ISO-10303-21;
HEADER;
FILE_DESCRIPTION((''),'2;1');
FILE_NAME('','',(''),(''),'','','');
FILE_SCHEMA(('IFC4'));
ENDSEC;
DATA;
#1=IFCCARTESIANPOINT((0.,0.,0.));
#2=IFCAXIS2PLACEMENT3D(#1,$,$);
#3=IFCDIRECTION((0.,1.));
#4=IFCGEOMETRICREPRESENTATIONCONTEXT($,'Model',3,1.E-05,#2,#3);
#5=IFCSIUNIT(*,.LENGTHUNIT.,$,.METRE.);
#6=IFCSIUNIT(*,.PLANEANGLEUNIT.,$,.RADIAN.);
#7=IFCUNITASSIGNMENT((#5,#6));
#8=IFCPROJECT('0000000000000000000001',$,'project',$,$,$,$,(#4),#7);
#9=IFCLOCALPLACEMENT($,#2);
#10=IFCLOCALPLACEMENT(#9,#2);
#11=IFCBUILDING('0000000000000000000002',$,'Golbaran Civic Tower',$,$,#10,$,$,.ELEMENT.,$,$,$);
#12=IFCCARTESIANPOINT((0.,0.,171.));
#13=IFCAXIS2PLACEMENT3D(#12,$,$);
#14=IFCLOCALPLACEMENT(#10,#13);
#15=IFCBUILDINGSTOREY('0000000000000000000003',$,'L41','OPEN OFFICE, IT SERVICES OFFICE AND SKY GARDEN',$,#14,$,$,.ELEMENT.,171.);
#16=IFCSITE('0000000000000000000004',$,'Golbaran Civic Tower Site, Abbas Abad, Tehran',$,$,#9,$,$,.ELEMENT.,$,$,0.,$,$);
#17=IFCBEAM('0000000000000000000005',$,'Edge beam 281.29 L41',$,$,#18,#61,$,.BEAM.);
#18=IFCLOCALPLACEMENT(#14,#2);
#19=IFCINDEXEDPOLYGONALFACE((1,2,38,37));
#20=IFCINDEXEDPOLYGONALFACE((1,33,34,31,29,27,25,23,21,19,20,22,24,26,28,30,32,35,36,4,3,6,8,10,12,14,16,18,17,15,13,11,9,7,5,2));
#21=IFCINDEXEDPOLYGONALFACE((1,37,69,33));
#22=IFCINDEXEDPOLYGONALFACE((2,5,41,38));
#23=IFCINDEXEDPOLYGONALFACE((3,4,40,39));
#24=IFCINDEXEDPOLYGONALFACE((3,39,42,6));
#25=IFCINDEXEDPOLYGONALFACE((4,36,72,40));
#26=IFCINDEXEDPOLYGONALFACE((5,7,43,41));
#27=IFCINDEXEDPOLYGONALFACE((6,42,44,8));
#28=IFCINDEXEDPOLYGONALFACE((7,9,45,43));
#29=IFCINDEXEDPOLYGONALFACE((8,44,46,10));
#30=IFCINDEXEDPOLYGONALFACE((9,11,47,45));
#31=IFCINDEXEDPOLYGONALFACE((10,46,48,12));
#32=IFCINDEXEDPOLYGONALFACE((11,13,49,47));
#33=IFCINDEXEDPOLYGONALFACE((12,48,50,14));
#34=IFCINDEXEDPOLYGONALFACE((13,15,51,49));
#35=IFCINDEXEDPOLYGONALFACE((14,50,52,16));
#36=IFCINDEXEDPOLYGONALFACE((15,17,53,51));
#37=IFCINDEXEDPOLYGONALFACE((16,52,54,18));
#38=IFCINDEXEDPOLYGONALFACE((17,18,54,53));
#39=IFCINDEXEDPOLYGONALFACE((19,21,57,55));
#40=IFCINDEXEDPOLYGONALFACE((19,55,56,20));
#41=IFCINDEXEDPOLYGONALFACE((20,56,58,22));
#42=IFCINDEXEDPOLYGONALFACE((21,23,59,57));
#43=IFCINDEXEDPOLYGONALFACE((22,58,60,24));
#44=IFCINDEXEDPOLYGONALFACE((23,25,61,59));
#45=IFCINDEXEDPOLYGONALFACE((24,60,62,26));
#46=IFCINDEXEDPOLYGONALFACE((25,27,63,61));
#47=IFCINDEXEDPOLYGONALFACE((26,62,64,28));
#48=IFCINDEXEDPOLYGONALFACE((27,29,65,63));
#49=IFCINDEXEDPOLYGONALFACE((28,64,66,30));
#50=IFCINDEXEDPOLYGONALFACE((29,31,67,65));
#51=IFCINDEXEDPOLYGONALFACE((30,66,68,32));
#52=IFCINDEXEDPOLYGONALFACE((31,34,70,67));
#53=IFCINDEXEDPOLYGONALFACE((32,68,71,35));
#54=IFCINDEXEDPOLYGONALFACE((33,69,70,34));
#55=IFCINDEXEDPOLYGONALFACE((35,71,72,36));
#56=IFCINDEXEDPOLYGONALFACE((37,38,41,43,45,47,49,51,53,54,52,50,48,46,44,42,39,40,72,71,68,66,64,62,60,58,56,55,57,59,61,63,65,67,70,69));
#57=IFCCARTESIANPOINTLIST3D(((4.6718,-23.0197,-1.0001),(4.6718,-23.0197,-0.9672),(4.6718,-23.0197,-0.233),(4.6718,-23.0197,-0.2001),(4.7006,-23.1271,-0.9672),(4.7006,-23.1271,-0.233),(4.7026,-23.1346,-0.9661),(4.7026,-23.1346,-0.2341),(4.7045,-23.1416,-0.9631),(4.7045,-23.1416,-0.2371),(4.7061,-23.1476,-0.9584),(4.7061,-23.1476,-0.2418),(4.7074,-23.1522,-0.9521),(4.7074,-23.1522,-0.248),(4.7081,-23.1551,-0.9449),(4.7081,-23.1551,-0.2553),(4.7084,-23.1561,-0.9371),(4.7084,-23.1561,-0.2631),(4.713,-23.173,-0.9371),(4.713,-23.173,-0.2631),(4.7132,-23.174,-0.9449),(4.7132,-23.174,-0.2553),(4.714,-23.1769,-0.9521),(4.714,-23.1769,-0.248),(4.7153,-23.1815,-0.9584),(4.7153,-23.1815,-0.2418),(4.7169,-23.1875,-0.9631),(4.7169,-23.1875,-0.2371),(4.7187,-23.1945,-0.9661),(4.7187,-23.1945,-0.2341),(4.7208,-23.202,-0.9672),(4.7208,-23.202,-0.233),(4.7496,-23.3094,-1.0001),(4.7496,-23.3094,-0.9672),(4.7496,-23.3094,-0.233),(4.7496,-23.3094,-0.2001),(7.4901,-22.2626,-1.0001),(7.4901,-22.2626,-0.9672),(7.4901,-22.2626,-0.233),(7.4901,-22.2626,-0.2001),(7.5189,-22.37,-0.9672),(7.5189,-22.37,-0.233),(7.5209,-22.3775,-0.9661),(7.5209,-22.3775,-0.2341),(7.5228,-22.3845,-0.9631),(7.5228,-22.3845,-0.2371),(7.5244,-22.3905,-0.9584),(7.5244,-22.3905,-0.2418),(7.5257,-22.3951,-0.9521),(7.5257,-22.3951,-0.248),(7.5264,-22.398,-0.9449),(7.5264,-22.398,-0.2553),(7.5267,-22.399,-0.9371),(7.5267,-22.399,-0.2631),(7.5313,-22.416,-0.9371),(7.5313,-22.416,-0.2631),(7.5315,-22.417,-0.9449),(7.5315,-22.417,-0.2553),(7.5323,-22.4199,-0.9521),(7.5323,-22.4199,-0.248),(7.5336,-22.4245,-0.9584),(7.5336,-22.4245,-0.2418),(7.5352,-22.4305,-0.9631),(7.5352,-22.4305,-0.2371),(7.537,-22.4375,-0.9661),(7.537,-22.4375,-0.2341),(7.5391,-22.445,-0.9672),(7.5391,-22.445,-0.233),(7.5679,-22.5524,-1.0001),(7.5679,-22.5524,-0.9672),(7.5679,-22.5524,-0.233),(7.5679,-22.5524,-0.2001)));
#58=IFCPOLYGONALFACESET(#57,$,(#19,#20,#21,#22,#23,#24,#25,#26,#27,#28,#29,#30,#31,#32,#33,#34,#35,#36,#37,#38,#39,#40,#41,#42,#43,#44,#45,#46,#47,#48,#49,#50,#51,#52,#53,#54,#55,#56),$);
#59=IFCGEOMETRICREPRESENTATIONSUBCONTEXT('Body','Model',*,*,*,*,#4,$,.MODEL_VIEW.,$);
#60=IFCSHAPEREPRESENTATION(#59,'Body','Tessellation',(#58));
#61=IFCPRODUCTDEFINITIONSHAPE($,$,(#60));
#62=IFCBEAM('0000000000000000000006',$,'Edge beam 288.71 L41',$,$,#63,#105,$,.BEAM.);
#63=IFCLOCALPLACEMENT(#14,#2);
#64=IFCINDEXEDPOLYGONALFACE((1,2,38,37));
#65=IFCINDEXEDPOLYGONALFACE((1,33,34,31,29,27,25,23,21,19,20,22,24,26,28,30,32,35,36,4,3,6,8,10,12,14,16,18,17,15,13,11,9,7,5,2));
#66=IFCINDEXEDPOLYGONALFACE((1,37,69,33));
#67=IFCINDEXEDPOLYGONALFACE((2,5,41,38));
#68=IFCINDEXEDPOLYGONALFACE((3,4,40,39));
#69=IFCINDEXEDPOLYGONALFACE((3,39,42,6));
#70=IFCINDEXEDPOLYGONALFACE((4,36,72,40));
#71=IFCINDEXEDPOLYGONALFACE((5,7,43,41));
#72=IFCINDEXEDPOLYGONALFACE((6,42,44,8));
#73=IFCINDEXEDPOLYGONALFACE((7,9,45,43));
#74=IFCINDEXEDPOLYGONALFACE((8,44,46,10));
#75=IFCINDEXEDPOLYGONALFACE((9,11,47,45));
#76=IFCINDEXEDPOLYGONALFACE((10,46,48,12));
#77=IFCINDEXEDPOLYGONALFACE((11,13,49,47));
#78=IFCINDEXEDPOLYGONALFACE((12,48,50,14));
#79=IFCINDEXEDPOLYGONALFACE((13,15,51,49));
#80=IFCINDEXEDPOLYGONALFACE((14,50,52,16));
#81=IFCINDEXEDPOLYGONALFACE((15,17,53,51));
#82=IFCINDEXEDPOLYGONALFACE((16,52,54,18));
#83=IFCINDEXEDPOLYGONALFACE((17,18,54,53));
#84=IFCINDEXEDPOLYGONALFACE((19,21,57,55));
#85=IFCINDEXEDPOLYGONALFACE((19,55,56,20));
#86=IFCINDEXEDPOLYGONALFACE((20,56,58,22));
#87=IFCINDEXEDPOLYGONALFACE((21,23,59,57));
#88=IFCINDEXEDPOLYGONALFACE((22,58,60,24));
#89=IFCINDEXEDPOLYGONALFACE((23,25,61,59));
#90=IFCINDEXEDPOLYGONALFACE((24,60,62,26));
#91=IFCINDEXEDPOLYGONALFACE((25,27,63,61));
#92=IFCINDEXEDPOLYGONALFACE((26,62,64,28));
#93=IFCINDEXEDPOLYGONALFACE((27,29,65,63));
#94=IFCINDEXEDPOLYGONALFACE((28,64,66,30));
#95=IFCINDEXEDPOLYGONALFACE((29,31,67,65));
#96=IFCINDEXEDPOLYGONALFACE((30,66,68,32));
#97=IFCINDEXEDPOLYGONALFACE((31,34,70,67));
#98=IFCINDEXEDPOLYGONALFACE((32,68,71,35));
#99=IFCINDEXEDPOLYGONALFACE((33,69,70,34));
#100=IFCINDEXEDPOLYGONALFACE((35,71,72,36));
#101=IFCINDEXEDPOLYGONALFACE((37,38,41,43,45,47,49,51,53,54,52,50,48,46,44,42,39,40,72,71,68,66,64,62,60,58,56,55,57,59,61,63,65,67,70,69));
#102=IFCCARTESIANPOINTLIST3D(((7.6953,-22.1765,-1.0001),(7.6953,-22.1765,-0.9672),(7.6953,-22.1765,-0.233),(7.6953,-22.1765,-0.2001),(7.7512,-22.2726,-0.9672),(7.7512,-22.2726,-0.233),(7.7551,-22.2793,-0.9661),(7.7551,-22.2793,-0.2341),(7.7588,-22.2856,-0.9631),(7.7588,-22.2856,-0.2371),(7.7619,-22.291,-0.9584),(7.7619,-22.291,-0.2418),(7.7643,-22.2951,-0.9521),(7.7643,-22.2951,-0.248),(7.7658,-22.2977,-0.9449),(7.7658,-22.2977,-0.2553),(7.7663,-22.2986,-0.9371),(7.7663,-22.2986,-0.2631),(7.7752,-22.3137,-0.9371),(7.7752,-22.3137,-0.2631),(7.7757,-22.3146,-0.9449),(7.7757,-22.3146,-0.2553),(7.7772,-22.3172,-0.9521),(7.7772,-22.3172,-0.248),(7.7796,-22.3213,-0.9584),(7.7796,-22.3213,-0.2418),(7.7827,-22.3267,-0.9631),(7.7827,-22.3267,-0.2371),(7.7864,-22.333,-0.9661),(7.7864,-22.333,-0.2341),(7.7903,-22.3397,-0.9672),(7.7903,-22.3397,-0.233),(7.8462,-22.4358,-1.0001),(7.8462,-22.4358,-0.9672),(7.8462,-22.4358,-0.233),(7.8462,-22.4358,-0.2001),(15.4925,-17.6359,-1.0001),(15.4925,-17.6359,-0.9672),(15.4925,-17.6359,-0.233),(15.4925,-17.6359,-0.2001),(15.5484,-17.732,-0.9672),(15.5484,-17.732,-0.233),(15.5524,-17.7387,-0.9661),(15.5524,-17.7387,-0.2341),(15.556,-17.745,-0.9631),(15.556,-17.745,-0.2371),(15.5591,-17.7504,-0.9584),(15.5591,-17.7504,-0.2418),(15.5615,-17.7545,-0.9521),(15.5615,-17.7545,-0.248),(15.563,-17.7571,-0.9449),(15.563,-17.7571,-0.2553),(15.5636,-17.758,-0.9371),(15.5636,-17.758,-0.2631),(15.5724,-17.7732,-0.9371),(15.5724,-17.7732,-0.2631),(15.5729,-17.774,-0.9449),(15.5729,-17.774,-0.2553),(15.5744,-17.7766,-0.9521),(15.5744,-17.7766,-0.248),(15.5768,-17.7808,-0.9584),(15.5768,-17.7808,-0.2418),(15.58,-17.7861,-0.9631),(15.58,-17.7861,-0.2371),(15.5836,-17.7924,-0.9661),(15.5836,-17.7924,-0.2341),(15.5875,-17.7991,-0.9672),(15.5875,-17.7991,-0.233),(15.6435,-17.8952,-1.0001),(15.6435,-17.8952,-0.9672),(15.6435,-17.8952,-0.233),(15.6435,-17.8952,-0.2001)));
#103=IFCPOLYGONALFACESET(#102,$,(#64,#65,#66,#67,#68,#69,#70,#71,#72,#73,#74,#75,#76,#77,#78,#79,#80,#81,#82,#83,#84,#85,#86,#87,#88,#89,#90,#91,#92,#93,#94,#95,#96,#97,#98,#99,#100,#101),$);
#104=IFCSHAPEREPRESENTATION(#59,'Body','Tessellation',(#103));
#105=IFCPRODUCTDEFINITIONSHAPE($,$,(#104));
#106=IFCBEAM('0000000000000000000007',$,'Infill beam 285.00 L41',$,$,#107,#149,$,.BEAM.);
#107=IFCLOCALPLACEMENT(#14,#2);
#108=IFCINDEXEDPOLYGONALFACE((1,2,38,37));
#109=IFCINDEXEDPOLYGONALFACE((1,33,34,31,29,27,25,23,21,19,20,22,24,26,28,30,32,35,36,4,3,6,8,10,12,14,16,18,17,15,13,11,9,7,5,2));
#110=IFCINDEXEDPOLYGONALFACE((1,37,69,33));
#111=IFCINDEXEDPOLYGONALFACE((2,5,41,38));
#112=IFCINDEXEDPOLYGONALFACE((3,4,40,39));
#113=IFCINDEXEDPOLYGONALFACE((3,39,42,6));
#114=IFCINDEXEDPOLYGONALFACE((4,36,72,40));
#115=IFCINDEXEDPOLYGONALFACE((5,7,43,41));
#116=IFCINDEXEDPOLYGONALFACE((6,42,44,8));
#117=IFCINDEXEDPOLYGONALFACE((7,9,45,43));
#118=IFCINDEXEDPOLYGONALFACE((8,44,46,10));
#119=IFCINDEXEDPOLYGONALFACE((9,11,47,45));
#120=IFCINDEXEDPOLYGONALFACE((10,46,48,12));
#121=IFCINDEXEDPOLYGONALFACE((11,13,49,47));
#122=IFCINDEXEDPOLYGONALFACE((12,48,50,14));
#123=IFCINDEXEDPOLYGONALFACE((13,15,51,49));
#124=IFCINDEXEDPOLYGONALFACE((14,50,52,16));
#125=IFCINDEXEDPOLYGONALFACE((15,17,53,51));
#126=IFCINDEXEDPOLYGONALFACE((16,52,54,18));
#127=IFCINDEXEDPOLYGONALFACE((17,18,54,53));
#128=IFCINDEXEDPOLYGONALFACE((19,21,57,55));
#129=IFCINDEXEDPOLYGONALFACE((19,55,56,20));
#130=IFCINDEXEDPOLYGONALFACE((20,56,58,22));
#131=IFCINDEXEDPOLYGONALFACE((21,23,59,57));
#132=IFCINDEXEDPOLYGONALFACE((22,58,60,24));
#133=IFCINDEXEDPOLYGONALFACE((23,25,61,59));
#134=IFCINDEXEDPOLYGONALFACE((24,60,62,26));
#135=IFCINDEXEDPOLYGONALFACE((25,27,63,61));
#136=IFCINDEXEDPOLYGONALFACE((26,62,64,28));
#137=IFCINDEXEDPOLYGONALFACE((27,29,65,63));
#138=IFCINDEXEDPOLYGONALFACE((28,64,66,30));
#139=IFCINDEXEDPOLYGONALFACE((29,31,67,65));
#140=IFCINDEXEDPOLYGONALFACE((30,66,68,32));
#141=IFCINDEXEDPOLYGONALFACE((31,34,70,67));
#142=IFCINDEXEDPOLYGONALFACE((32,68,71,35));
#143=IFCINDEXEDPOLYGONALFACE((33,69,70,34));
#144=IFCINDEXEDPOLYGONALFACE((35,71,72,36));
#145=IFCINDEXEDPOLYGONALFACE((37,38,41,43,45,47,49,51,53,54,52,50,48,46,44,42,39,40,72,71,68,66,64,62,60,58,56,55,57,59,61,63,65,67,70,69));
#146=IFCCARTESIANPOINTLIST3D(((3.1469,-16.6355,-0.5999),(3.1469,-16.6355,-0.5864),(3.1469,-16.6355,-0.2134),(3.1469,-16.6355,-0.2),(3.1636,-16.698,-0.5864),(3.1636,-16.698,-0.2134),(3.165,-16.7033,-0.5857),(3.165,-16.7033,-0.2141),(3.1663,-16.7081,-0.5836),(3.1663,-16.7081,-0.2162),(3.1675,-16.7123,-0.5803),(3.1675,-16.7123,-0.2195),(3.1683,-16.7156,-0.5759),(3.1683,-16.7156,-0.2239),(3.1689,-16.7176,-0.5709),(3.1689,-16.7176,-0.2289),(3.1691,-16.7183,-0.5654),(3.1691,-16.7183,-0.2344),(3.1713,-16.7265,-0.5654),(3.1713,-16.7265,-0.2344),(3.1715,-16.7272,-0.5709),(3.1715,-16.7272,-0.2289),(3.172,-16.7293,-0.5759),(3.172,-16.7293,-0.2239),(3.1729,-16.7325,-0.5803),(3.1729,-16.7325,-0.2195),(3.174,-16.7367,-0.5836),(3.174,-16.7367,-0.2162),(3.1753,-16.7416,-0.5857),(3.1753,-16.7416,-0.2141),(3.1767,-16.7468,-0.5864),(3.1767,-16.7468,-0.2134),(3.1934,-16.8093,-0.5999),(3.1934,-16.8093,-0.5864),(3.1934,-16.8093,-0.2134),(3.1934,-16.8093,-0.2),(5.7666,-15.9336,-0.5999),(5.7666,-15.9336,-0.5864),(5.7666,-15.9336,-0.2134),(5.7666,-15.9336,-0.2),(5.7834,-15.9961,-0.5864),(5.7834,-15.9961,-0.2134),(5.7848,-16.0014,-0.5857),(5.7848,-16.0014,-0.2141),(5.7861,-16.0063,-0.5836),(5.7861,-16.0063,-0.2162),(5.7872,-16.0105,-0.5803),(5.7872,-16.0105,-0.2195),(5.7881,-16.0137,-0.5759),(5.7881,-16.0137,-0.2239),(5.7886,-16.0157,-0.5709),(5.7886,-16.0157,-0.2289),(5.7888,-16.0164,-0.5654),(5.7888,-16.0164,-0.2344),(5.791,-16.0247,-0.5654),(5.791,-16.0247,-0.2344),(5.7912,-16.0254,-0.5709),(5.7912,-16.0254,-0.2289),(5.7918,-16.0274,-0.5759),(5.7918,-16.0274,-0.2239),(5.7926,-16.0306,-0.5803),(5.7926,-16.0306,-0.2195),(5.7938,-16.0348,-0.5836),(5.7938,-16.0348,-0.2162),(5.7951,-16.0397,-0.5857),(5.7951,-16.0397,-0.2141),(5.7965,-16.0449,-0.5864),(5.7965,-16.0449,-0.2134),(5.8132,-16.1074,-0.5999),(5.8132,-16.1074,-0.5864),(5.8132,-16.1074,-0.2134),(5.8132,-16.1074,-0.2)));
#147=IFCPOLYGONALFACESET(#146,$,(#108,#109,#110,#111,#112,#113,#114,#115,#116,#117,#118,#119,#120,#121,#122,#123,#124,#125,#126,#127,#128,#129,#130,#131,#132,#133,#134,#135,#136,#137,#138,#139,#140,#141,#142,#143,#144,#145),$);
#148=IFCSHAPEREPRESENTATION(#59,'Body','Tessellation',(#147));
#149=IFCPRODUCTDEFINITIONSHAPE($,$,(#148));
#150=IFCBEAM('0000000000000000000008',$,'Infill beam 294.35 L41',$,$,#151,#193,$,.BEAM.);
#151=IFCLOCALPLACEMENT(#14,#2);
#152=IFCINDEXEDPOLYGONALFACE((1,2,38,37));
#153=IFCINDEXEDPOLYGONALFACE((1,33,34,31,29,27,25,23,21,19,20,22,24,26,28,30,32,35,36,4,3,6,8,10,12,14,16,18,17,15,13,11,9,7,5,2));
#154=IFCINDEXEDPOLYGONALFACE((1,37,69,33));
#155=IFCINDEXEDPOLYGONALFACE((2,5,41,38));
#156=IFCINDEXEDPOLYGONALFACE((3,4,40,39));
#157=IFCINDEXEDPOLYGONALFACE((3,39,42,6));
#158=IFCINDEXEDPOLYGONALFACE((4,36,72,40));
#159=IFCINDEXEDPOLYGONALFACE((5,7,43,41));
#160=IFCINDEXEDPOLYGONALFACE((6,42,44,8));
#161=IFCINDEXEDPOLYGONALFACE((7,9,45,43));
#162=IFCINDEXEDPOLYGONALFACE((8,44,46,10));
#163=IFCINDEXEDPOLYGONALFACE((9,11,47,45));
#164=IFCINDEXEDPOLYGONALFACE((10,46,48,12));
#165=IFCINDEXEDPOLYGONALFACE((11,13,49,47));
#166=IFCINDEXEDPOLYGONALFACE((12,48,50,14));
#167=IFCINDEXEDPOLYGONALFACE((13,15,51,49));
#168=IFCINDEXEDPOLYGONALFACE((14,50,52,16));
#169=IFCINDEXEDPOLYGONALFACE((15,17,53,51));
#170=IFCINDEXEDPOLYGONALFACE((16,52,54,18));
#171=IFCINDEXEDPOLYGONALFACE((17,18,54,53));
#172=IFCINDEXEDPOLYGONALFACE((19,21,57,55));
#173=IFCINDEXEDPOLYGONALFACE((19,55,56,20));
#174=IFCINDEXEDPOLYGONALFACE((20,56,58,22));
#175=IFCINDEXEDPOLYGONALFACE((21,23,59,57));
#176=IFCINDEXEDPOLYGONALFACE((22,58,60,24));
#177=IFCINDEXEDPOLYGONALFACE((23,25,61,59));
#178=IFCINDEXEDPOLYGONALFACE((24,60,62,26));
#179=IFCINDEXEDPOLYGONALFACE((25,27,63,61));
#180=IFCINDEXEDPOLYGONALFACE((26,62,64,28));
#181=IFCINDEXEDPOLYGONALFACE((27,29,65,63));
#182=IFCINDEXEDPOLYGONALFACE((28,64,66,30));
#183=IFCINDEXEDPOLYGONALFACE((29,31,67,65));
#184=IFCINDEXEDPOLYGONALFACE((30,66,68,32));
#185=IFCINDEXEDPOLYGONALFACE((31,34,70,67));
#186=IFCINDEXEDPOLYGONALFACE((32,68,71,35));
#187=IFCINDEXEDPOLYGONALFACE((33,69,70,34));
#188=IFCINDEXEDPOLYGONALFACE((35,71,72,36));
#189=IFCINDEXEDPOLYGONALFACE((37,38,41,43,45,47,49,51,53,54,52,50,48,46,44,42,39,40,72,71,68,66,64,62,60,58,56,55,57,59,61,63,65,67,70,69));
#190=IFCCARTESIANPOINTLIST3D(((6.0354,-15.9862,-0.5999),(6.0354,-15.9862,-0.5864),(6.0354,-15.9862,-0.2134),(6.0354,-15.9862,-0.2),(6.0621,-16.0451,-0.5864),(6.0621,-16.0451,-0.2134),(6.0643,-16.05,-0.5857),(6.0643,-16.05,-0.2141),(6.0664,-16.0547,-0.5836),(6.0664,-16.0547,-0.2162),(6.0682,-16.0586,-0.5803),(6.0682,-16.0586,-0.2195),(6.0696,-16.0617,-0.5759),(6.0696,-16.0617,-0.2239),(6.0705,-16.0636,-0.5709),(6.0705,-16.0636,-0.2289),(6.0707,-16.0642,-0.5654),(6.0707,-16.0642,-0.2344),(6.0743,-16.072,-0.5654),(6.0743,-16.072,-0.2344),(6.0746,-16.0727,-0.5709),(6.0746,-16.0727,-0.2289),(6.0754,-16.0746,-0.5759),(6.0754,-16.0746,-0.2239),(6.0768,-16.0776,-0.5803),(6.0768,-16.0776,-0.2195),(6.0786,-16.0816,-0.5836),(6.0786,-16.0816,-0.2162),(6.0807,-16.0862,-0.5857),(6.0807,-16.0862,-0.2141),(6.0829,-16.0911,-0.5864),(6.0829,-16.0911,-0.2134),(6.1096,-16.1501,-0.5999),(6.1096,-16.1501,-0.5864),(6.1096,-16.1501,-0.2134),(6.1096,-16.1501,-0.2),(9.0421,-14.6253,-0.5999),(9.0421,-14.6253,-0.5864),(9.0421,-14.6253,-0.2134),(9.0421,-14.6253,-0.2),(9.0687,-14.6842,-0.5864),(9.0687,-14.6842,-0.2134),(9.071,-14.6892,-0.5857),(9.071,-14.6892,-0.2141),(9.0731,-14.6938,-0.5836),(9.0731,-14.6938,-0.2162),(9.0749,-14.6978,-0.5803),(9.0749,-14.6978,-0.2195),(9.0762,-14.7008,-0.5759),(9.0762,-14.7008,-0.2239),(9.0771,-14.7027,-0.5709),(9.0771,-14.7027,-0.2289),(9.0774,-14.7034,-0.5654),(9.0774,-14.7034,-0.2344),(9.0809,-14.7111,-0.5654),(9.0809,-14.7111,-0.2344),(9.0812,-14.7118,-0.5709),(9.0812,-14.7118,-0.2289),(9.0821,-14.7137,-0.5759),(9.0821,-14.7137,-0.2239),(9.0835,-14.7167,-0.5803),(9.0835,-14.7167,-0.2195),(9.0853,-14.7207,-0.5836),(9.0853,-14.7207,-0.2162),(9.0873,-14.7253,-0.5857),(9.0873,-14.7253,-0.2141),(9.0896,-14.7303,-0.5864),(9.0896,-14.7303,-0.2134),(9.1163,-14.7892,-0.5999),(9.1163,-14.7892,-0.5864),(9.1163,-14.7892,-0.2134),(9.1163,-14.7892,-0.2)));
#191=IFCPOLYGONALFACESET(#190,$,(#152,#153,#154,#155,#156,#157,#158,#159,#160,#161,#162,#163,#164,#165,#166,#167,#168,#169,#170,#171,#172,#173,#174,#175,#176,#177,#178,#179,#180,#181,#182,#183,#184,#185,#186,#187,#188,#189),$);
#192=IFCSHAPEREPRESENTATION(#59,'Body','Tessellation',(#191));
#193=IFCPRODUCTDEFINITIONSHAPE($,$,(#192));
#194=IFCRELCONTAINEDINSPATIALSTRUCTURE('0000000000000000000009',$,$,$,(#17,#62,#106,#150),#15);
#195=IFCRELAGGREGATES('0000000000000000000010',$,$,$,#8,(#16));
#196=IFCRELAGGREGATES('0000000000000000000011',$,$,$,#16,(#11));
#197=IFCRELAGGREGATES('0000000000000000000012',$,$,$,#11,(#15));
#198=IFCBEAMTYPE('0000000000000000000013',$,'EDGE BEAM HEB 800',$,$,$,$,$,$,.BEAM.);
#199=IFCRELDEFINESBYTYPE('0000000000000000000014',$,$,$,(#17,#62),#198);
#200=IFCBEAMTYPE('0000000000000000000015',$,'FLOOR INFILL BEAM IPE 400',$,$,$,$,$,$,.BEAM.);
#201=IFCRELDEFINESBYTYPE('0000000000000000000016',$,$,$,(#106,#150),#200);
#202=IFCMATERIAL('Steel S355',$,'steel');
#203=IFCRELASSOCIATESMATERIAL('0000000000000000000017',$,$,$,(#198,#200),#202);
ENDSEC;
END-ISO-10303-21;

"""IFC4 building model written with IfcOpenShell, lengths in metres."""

from ifc_helpers import new_model, si_unit, direction, frame, origin, origin_2d, place, context, subcontext, project, spatial, i_section, extrude, material, material_profile, profile_set, type_object, element, save


model = new_model("IFC4")

# Units and contexts
model_context = context("Model", 3, precision=1e-05, world=origin(), true_north=direction((0.0, 1.0)))
body_context = subcontext(model_context, "Body", "Model", "MODEL_VIEW")
ifc_project = project(units=[si_unit("LENGTHUNIT", "METRE"), si_unit("PLANEANGLEUNIT", "RADIAN")], contexts=[model_context])

# Site, building, storey
site_placement = place(None, origin())
site = spatial("IfcSite", under=ifc_project, at=site_placement, Name="Golbaran Civic Tower Site, Abbas Abad, Tehran", CompositionType="ELEMENT", RefElevation=0.0)
building_placement = place(site_placement, origin())
building = spatial("IfcBuilding", under=site, at=building_placement, Name="Golbaran Civic Tower", CompositionType="ELEMENT")
storey_placement = place(building_placement, frame((0.0, 0.0, 171.0)))
storey = spatial("IfcBuildingStorey", under=building, at=storey_placement, Name="L41", Description="OPEN OFFICE, IT SERVICES OFFICE AND SKY GARDEN", CompositionType="ELEMENT", Elevation=171.0)

# Beams
ifc_material_1 = material(Name="Steel S355", Category="steel")
ifc_material_profile_1 = material_profile(ifc_material_1, i_section(OverallWidth=0.3, OverallDepth=0.8, WebThickness=0.0176, FlangeThickness=0.033, FilletRadius=0.03, at=origin_2d()), Name="HEB 800")
ifc_profile_set_1 = profile_set([ifc_material_profile_1], Name="Steel S355")
beam_type_1 = type_object("IfcBeamType", Name="EDGE BEAM HEB 800", PredefinedType="BEAM", material=ifc_profile_set_1)
beam_1_placement = place(storey_placement, frame((4.7107, -23.1646, -0.6001), z_axis=(0.965763, 0.259427, 0.0), x_axis=(-0.259427, 0.965763, 0.0)))
element("IfcBeam", 1, at=beam_1_placement, inside=storey, type_object=beam_type_1, Name="Edge beam 281.29 L41", PredefinedType="BEAM", context=body_context, shape_type="SweptSolid", body=[
    extrude(i_section(OverallWidth=0.3, OverallDepth=0.8, WebThickness=0.0176, FlangeThickness=0.033, FilletRadius=0.03, at=origin_2d()), origin(), (0.0, 0.0, 1.0), 2.9182),
])
beam_2_placement = place(storey_placement, frame((7.7708, -22.3062, -0.6001), z_axis=(0.864155, 0.503227, 0.0), x_axis=(-0.503227, 0.864155, 0.0)))
element("IfcBeam", 2, at=beam_2_placement, inside=storey, type_object=beam_type_1, Name="Edge beam 288.71 L41", PredefinedType="BEAM", context=body_context, shape_type="SweptSolid", body=[
    extrude(i_section(OverallWidth=0.3, OverallDepth=0.8, WebThickness=0.0176, FlangeThickness=0.033, FilletRadius=0.03, at=origin_2d()), origin(), (0.0, 0.0, 1.0), 9.0229),
])
ifc_material_profile_2 = material_profile(ifc_material_1, i_section(OverallWidth=0.1799, OverallDepth=0.3999, WebThickness=0.0085, FlangeThickness=0.0134, FilletRadius=0.021, at=origin_2d()), Name="IPE 400")
ifc_profile_set_2 = profile_set([ifc_material_profile_2], Name="Steel S355")
beam_type_2 = type_object("IfcBeamType", Name="FLOOR INFILL BEAM IPE 400", PredefinedType="BEAM", material=ifc_profile_set_2)
beam_3_placement = place(storey_placement, frame((3.1702, -16.7224, -0.3999), z_axis=(0.965934, 0.258789, 0.0), x_axis=(-0.258789, 0.965934, 0.0)))
element("IfcBeam", 3, at=beam_3_placement, inside=storey, type_object=beam_type_2, Name="Infill beam 285.00 L41", PredefinedType="BEAM", context=body_context, shape_type="SweptSolid", body=[
    extrude(i_section(OverallWidth=0.1799, OverallDepth=0.3999, WebThickness=0.0085, FlangeThickness=0.0134, FilletRadius=0.021, at=origin_2d()), origin(), (0.0, 0.0, 1.0), 2.7122),
])
beam_4_placement = place(storey_placement, frame((6.0725, -16.0681, -0.3999), z_axis=(0.911027, 0.412348, 0.0), x_axis=(-0.412348, 0.911027, 0.0)))
element("IfcBeam", 4, at=beam_4_placement, inside=storey, type_object=beam_type_2, Name="Infill beam 294.35 L41", PredefinedType="BEAM", context=body_context, shape_type="SweptSolid", body=[
    extrude(i_section(OverallWidth=0.1799, OverallDepth=0.3999, WebThickness=0.0085, FlangeThickness=0.0134, FilletRadius=0.021, at=origin_2d()), origin(), (0.0, 0.0, 1.0), 3.3003),
])

save(model, "model.ifc")
